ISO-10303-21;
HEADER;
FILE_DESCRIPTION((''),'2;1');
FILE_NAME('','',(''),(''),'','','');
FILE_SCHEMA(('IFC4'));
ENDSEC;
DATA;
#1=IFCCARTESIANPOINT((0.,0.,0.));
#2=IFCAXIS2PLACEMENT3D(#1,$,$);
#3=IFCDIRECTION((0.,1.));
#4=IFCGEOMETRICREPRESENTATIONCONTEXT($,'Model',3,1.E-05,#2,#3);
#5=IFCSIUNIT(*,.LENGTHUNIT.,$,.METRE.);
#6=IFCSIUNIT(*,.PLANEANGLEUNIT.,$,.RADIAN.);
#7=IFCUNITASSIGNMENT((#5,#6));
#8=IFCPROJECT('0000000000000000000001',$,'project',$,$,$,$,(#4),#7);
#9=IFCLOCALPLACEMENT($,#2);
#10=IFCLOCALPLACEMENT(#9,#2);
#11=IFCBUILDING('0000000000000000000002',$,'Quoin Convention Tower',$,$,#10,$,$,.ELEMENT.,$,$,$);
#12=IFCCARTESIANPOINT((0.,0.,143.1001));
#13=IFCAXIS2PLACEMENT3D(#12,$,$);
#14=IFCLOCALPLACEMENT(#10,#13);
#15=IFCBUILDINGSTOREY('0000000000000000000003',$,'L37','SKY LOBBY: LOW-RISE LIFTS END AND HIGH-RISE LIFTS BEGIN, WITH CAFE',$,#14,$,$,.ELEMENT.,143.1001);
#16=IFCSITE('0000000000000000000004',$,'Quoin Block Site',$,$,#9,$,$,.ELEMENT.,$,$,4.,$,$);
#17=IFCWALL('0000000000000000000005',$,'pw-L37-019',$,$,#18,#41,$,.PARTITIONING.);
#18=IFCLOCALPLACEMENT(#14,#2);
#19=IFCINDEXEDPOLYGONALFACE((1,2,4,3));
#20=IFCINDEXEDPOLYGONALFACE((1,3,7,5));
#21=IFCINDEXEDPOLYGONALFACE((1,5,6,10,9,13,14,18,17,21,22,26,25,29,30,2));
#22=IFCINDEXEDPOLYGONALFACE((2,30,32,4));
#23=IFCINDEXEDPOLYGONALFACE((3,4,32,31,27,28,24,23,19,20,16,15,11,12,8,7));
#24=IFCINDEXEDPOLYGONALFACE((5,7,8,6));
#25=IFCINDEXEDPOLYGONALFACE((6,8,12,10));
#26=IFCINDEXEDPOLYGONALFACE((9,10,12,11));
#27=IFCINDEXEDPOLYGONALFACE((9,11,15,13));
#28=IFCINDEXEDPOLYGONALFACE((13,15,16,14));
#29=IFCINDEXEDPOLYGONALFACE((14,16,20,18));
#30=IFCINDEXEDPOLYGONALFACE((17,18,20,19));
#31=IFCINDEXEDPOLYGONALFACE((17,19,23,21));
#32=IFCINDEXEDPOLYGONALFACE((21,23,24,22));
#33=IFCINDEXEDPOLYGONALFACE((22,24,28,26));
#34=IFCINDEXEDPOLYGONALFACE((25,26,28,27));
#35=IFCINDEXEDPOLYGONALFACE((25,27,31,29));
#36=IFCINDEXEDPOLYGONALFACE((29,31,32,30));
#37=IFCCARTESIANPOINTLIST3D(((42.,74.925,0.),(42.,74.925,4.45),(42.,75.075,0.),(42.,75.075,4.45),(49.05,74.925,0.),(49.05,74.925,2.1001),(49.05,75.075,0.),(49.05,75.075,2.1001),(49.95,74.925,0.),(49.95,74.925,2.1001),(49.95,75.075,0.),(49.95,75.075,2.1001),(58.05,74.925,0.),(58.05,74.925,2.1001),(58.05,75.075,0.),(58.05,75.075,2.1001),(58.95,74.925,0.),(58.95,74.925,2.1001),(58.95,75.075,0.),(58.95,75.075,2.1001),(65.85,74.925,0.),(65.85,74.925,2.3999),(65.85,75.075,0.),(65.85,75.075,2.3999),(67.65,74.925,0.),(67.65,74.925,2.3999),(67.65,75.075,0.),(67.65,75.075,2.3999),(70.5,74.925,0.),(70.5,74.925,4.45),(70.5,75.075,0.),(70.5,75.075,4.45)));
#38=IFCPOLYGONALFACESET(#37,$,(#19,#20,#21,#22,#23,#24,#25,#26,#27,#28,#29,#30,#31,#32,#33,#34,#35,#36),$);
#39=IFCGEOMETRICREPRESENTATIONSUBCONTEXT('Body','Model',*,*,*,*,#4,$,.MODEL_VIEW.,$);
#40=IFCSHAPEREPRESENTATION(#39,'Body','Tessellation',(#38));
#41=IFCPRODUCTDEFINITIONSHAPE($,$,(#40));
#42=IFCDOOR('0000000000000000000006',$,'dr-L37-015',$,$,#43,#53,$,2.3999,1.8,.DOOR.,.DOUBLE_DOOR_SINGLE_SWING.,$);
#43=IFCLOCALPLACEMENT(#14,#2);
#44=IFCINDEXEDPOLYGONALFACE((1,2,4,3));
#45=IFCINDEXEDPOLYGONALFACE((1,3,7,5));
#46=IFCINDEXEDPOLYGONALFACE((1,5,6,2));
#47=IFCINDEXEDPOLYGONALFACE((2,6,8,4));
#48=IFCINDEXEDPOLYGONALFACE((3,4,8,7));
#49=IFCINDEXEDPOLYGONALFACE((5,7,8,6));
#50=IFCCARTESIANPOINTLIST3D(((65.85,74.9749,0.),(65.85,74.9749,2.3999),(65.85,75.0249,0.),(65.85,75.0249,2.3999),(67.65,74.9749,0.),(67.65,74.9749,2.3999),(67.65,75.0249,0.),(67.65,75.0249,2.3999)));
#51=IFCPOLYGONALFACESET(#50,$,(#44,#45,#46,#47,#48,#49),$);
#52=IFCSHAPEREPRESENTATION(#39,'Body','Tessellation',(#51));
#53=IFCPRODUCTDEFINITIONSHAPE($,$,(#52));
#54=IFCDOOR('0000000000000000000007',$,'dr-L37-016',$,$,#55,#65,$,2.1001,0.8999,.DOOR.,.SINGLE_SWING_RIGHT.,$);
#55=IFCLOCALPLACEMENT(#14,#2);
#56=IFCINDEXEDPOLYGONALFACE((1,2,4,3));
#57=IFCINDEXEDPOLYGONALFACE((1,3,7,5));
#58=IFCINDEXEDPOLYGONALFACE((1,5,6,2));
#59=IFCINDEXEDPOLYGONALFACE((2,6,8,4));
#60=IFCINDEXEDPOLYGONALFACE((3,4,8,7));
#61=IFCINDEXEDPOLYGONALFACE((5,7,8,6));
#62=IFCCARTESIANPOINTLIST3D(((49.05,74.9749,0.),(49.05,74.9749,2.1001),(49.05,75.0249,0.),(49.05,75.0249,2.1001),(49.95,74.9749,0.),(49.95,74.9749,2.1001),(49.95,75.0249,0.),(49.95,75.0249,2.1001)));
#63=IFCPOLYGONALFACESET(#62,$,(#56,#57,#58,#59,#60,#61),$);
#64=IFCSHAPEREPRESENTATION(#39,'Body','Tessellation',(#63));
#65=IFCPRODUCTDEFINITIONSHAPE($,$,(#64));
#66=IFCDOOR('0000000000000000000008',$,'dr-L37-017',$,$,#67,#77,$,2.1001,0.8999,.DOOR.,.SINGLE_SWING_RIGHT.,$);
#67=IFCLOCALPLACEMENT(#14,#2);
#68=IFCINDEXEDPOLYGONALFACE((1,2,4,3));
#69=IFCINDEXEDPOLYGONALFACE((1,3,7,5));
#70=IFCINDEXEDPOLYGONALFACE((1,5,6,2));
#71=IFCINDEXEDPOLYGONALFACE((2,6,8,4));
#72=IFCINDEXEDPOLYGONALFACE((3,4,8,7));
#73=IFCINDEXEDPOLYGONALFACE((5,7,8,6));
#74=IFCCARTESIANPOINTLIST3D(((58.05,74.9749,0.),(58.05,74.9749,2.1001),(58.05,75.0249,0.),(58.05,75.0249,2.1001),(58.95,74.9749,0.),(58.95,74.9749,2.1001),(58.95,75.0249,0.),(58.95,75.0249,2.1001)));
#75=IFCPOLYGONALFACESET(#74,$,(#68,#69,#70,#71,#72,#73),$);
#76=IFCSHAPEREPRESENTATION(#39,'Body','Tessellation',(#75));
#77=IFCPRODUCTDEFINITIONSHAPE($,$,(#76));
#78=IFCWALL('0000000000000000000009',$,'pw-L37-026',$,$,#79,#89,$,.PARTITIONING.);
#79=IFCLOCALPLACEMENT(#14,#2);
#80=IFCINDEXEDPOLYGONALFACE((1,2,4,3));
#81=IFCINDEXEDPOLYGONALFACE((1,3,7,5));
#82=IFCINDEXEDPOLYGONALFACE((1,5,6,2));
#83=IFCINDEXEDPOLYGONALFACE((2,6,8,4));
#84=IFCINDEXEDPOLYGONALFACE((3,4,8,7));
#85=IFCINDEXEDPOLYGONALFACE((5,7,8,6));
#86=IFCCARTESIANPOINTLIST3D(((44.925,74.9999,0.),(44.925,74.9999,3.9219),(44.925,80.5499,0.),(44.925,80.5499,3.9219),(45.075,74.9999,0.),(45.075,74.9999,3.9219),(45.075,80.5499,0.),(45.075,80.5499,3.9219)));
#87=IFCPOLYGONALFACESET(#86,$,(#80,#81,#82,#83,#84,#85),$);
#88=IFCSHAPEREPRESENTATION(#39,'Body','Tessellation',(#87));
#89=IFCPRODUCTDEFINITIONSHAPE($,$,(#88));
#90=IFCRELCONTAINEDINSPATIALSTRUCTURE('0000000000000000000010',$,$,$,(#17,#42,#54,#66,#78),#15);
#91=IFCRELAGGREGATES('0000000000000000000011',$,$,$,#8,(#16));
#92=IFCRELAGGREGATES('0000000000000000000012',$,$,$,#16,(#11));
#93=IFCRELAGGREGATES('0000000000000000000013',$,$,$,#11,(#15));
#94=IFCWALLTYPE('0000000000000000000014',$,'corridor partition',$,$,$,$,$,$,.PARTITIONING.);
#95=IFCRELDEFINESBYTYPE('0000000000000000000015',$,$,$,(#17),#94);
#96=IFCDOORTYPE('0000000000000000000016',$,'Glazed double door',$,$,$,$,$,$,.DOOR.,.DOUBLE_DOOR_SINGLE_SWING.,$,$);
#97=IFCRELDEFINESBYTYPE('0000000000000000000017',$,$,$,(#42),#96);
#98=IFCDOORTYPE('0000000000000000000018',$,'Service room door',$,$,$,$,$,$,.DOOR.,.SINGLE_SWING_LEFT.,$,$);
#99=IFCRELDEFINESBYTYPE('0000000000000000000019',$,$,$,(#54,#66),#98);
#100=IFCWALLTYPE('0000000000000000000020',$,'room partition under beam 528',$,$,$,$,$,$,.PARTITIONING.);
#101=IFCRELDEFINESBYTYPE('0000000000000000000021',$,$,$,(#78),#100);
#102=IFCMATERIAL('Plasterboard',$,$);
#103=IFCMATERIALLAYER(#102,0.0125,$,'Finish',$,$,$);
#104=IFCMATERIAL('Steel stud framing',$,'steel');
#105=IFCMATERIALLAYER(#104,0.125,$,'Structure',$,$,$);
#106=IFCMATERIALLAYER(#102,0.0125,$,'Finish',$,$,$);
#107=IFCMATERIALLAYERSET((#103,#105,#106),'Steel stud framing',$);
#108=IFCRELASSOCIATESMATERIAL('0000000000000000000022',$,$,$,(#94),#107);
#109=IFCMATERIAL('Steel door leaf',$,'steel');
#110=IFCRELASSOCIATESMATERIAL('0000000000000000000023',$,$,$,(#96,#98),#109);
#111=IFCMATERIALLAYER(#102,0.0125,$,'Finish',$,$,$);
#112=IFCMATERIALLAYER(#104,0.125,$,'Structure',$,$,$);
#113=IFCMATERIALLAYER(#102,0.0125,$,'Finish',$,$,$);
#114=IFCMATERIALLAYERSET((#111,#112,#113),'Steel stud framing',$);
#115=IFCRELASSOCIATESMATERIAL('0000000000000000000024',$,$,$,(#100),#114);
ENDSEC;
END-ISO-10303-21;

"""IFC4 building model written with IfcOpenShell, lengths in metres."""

from ifc_helpers import new_model, si_unit, direction, frame, frame_2d, origin, place, context, subcontext, project, spatial, rectangle, extrude, material, layer, layer_set, type_object, element, fill, save


model = new_model("IFC4")

# Units and contexts
model_context = context("Model", 3, precision=1e-05, world=origin(), true_north=direction((0.0, 1.0)))
body_context = subcontext(model_context, "Body", "Model", "MODEL_VIEW")
ifc_project = project(units=[si_unit("LENGTHUNIT", "METRE"), si_unit("PLANEANGLEUNIT", "RADIAN")], contexts=[model_context])

# Site, building, storey
site_placement = place(None, origin())
site = spatial("IfcSite", under=ifc_project, at=site_placement, Name="Quoin Block Site", CompositionType="ELEMENT", RefElevation=4.0)
building_placement = place(site_placement, origin())
building = spatial("IfcBuilding", under=site, at=building_placement, Name="Quoin Convention Tower", CompositionType="ELEMENT")
storey_placement = place(building_placement, frame((0.0, 0.0, 143.1001)))
storey = spatial("IfcBuildingStorey", under=building, at=storey_placement, Name="L37", Description="SKY LOBBY: LOW-RISE LIFTS END AND HIGH-RISE LIFTS BEGIN, WITH CAFE", CompositionType="ELEMENT", Elevation=143.1001)

# Wall, openings, doors
ifc_material_1 = material(Name="Plasterboard")
ifc_layer_1 = layer(ifc_material_1, 0.0125, Name="Finish")
ifc_material_2 = material(Name="Steel stud framing", Category="steel")
ifc_layer_2 = layer(ifc_material_2, 0.125, Name="Structure")
ifc_layer_3 = layer(ifc_material_1, 0.0125, Name="Finish")
ifc_layer_set_1 = layer_set([ifc_layer_1, ifc_layer_2, ifc_layer_3], Name="Steel stud framing")
wall_type_1 = type_object("IfcWallType", Name="corridor partition", PredefinedType="PARTITIONING", material=ifc_layer_set_1)
wall_1_placement = place(storey_placement, frame((42.0, 75.0, 0.0), z_axis=(0.0, 0.0, 1.0), x_axis=(1.0, 0.0, 0.0)))
wall_1 = element("IfcWall", 1, at=wall_1_placement, inside=storey, type_object=wall_type_1, Name="pw-L37-019", PredefinedType="PARTITIONING", context=body_context, shape_type="SweptSolid", body=[
    extrude(rectangle(XDim=28.5, YDim=0.1499, at=frame_2d((14.25, 0.0))), origin(), (0.0, 0.0, 1.0), 4.45),
])
opening_1_placement = place(wall_1_placement, frame((23.8501, 0.0, 0.0)))
opening_1 = element("IfcOpeningElement", 2, at=opening_1_placement, cuts=wall_1, PredefinedType="OPENING", context=body_context, shape_type="SweptSolid", body=[
    extrude(rectangle(XDim=1.8, YDim=2.3999, at=frame_2d((0.8999, 1.2))), frame((0.0, 0.085, 0.0), z_axis=(0.0, -1.0, 0.0), x_axis=(1.0, 0.0, 0.0)), (0.0, 0.0, 1.0), 0.1699),
])
opening_2_placement = place(wall_1_placement, frame((7.05, 0.0, 0.0)))
opening_2 = element("IfcOpeningElement", 3, at=opening_2_placement, cuts=wall_1, PredefinedType="OPENING", context=body_context, shape_type="SweptSolid", body=[
    extrude(rectangle(XDim=0.8999, YDim=2.1001, at=frame_2d((0.45, 1.05))), frame((0.0, 0.085, 0.0), z_axis=(0.0, -1.0, 0.0), x_axis=(1.0, 0.0, 0.0)), (0.0, 0.0, 1.0), 0.1699),
])
opening_3_placement = place(wall_1_placement, frame((16.05, 0.0, 0.0)))
opening_3 = element("IfcOpeningElement", 4, at=opening_3_placement, cuts=wall_1, PredefinedType="OPENING", context=body_context, shape_type="SweptSolid", body=[
    extrude(rectangle(XDim=0.8999, YDim=2.1001, at=frame_2d((0.45, 1.05))), frame((0.0, 0.085, 0.0), z_axis=(0.0, -1.0, 0.0), x_axis=(1.0, 0.0, 0.0)), (0.0, 0.0, 1.0), 0.1699),
])
ifc_material_3 = material(Name="Steel door leaf", Category="steel")
door_type_1 = type_object("IfcDoorType", Name="Glazed double door", OperationType="DOUBLE_DOOR_SINGLE_SWING", PredefinedType="DOOR", material=ifc_material_3)
door_1_placement = place(opening_1_placement, origin())
door_1 = element("IfcDoor", 5, at=door_1_placement, inside=storey, type_object=door_type_1, Name="dr-L37-015", OperationType="DOUBLE_DOOR_SINGLE_SWING", OverallHeight=2.3999, OverallWidth=1.8, PredefinedType="DOOR", context=body_context, shape_type="SweptSolid", body=[
    extrude(rectangle(XDim=1.8, YDim=2.3999, at=frame_2d((0.8999, 1.2))), frame((0.0, 0.0249, 0.0), z_axis=(0.0, -1.0, 0.0), x_axis=(1.0, 0.0, 0.0)), (0.0, 0.0, 1.0), 0.05),
])
fill(opening_1, door_1)
door_type_2 = type_object("IfcDoorType", Name="Service room door", OperationType="SINGLE_SWING_LEFT", PredefinedType="DOOR", material=ifc_material_3)
door_2_placement = place(opening_2_placement, origin())
door_2 = element("IfcDoor", 6, at=door_2_placement, inside=storey, type_object=door_type_2, Name="dr-L37-016", OperationType="SINGLE_SWING_RIGHT", OverallHeight=2.1001, OverallWidth=0.8999, PredefinedType="DOOR", context=body_context, shape_type="SweptSolid", body=[
    extrude(rectangle(XDim=0.8999, YDim=2.1001, at=frame_2d((0.45, 1.05))), frame((0.0, 0.0249, 0.0), z_axis=(0.0, -1.0, 0.0), x_axis=(1.0, 0.0, 0.0)), (0.0, 0.0, 1.0), 0.05),
])
fill(opening_2, door_2)
door_3_placement = place(opening_3_placement, origin())
door_3 = element("IfcDoor", 7, at=door_3_placement, inside=storey, type_object=door_type_2, Name="dr-L37-017", OperationType="SINGLE_SWING_RIGHT", OverallHeight=2.1001, OverallWidth=0.8999, PredefinedType="DOOR", context=body_context, shape_type="SweptSolid", body=[
    extrude(rectangle(XDim=0.8999, YDim=2.1001, at=frame_2d((0.45, 1.05))), frame((0.0, 0.0249, 0.0), z_axis=(0.0, -1.0, 0.0), x_axis=(1.0, 0.0, 0.0)), (0.0, 0.0, 1.0), 0.05),
])
fill(opening_3, door_3)

# Wall
ifc_layer_4 = layer(ifc_material_1, 0.0125, Name="Finish")
ifc_layer_5 = layer(ifc_material_2, 0.125, Name="Structure")
ifc_layer_6 = layer(ifc_material_1, 0.0125, Name="Finish")
ifc_layer_set_2 = layer_set([ifc_layer_4, ifc_layer_5, ifc_layer_6], Name="Steel stud framing")
wall_type_2 = type_object("IfcWallType", Name="room partition under beam 528", PredefinedType="PARTITIONING", material=ifc_layer_set_2)
wall_2_placement = place(storey_placement, frame((45.0, 75.0, 0.0), z_axis=(0.0, 0.0, 1.0), x_axis=(0.0, 1.0, 0.0)))
element("IfcWall", 8, at=wall_2_placement, inside=storey, type_object=wall_type_2, Name="pw-L37-026", PredefinedType="PARTITIONING", context=body_context, shape_type="SweptSolid", body=[
    extrude(rectangle(XDim=5.55, YDim=0.1499, at=frame_2d((2.7749, 0.0))), origin(), (0.0, 0.0, 1.0), 3.9219),
])

save(model, "model.ifc")
